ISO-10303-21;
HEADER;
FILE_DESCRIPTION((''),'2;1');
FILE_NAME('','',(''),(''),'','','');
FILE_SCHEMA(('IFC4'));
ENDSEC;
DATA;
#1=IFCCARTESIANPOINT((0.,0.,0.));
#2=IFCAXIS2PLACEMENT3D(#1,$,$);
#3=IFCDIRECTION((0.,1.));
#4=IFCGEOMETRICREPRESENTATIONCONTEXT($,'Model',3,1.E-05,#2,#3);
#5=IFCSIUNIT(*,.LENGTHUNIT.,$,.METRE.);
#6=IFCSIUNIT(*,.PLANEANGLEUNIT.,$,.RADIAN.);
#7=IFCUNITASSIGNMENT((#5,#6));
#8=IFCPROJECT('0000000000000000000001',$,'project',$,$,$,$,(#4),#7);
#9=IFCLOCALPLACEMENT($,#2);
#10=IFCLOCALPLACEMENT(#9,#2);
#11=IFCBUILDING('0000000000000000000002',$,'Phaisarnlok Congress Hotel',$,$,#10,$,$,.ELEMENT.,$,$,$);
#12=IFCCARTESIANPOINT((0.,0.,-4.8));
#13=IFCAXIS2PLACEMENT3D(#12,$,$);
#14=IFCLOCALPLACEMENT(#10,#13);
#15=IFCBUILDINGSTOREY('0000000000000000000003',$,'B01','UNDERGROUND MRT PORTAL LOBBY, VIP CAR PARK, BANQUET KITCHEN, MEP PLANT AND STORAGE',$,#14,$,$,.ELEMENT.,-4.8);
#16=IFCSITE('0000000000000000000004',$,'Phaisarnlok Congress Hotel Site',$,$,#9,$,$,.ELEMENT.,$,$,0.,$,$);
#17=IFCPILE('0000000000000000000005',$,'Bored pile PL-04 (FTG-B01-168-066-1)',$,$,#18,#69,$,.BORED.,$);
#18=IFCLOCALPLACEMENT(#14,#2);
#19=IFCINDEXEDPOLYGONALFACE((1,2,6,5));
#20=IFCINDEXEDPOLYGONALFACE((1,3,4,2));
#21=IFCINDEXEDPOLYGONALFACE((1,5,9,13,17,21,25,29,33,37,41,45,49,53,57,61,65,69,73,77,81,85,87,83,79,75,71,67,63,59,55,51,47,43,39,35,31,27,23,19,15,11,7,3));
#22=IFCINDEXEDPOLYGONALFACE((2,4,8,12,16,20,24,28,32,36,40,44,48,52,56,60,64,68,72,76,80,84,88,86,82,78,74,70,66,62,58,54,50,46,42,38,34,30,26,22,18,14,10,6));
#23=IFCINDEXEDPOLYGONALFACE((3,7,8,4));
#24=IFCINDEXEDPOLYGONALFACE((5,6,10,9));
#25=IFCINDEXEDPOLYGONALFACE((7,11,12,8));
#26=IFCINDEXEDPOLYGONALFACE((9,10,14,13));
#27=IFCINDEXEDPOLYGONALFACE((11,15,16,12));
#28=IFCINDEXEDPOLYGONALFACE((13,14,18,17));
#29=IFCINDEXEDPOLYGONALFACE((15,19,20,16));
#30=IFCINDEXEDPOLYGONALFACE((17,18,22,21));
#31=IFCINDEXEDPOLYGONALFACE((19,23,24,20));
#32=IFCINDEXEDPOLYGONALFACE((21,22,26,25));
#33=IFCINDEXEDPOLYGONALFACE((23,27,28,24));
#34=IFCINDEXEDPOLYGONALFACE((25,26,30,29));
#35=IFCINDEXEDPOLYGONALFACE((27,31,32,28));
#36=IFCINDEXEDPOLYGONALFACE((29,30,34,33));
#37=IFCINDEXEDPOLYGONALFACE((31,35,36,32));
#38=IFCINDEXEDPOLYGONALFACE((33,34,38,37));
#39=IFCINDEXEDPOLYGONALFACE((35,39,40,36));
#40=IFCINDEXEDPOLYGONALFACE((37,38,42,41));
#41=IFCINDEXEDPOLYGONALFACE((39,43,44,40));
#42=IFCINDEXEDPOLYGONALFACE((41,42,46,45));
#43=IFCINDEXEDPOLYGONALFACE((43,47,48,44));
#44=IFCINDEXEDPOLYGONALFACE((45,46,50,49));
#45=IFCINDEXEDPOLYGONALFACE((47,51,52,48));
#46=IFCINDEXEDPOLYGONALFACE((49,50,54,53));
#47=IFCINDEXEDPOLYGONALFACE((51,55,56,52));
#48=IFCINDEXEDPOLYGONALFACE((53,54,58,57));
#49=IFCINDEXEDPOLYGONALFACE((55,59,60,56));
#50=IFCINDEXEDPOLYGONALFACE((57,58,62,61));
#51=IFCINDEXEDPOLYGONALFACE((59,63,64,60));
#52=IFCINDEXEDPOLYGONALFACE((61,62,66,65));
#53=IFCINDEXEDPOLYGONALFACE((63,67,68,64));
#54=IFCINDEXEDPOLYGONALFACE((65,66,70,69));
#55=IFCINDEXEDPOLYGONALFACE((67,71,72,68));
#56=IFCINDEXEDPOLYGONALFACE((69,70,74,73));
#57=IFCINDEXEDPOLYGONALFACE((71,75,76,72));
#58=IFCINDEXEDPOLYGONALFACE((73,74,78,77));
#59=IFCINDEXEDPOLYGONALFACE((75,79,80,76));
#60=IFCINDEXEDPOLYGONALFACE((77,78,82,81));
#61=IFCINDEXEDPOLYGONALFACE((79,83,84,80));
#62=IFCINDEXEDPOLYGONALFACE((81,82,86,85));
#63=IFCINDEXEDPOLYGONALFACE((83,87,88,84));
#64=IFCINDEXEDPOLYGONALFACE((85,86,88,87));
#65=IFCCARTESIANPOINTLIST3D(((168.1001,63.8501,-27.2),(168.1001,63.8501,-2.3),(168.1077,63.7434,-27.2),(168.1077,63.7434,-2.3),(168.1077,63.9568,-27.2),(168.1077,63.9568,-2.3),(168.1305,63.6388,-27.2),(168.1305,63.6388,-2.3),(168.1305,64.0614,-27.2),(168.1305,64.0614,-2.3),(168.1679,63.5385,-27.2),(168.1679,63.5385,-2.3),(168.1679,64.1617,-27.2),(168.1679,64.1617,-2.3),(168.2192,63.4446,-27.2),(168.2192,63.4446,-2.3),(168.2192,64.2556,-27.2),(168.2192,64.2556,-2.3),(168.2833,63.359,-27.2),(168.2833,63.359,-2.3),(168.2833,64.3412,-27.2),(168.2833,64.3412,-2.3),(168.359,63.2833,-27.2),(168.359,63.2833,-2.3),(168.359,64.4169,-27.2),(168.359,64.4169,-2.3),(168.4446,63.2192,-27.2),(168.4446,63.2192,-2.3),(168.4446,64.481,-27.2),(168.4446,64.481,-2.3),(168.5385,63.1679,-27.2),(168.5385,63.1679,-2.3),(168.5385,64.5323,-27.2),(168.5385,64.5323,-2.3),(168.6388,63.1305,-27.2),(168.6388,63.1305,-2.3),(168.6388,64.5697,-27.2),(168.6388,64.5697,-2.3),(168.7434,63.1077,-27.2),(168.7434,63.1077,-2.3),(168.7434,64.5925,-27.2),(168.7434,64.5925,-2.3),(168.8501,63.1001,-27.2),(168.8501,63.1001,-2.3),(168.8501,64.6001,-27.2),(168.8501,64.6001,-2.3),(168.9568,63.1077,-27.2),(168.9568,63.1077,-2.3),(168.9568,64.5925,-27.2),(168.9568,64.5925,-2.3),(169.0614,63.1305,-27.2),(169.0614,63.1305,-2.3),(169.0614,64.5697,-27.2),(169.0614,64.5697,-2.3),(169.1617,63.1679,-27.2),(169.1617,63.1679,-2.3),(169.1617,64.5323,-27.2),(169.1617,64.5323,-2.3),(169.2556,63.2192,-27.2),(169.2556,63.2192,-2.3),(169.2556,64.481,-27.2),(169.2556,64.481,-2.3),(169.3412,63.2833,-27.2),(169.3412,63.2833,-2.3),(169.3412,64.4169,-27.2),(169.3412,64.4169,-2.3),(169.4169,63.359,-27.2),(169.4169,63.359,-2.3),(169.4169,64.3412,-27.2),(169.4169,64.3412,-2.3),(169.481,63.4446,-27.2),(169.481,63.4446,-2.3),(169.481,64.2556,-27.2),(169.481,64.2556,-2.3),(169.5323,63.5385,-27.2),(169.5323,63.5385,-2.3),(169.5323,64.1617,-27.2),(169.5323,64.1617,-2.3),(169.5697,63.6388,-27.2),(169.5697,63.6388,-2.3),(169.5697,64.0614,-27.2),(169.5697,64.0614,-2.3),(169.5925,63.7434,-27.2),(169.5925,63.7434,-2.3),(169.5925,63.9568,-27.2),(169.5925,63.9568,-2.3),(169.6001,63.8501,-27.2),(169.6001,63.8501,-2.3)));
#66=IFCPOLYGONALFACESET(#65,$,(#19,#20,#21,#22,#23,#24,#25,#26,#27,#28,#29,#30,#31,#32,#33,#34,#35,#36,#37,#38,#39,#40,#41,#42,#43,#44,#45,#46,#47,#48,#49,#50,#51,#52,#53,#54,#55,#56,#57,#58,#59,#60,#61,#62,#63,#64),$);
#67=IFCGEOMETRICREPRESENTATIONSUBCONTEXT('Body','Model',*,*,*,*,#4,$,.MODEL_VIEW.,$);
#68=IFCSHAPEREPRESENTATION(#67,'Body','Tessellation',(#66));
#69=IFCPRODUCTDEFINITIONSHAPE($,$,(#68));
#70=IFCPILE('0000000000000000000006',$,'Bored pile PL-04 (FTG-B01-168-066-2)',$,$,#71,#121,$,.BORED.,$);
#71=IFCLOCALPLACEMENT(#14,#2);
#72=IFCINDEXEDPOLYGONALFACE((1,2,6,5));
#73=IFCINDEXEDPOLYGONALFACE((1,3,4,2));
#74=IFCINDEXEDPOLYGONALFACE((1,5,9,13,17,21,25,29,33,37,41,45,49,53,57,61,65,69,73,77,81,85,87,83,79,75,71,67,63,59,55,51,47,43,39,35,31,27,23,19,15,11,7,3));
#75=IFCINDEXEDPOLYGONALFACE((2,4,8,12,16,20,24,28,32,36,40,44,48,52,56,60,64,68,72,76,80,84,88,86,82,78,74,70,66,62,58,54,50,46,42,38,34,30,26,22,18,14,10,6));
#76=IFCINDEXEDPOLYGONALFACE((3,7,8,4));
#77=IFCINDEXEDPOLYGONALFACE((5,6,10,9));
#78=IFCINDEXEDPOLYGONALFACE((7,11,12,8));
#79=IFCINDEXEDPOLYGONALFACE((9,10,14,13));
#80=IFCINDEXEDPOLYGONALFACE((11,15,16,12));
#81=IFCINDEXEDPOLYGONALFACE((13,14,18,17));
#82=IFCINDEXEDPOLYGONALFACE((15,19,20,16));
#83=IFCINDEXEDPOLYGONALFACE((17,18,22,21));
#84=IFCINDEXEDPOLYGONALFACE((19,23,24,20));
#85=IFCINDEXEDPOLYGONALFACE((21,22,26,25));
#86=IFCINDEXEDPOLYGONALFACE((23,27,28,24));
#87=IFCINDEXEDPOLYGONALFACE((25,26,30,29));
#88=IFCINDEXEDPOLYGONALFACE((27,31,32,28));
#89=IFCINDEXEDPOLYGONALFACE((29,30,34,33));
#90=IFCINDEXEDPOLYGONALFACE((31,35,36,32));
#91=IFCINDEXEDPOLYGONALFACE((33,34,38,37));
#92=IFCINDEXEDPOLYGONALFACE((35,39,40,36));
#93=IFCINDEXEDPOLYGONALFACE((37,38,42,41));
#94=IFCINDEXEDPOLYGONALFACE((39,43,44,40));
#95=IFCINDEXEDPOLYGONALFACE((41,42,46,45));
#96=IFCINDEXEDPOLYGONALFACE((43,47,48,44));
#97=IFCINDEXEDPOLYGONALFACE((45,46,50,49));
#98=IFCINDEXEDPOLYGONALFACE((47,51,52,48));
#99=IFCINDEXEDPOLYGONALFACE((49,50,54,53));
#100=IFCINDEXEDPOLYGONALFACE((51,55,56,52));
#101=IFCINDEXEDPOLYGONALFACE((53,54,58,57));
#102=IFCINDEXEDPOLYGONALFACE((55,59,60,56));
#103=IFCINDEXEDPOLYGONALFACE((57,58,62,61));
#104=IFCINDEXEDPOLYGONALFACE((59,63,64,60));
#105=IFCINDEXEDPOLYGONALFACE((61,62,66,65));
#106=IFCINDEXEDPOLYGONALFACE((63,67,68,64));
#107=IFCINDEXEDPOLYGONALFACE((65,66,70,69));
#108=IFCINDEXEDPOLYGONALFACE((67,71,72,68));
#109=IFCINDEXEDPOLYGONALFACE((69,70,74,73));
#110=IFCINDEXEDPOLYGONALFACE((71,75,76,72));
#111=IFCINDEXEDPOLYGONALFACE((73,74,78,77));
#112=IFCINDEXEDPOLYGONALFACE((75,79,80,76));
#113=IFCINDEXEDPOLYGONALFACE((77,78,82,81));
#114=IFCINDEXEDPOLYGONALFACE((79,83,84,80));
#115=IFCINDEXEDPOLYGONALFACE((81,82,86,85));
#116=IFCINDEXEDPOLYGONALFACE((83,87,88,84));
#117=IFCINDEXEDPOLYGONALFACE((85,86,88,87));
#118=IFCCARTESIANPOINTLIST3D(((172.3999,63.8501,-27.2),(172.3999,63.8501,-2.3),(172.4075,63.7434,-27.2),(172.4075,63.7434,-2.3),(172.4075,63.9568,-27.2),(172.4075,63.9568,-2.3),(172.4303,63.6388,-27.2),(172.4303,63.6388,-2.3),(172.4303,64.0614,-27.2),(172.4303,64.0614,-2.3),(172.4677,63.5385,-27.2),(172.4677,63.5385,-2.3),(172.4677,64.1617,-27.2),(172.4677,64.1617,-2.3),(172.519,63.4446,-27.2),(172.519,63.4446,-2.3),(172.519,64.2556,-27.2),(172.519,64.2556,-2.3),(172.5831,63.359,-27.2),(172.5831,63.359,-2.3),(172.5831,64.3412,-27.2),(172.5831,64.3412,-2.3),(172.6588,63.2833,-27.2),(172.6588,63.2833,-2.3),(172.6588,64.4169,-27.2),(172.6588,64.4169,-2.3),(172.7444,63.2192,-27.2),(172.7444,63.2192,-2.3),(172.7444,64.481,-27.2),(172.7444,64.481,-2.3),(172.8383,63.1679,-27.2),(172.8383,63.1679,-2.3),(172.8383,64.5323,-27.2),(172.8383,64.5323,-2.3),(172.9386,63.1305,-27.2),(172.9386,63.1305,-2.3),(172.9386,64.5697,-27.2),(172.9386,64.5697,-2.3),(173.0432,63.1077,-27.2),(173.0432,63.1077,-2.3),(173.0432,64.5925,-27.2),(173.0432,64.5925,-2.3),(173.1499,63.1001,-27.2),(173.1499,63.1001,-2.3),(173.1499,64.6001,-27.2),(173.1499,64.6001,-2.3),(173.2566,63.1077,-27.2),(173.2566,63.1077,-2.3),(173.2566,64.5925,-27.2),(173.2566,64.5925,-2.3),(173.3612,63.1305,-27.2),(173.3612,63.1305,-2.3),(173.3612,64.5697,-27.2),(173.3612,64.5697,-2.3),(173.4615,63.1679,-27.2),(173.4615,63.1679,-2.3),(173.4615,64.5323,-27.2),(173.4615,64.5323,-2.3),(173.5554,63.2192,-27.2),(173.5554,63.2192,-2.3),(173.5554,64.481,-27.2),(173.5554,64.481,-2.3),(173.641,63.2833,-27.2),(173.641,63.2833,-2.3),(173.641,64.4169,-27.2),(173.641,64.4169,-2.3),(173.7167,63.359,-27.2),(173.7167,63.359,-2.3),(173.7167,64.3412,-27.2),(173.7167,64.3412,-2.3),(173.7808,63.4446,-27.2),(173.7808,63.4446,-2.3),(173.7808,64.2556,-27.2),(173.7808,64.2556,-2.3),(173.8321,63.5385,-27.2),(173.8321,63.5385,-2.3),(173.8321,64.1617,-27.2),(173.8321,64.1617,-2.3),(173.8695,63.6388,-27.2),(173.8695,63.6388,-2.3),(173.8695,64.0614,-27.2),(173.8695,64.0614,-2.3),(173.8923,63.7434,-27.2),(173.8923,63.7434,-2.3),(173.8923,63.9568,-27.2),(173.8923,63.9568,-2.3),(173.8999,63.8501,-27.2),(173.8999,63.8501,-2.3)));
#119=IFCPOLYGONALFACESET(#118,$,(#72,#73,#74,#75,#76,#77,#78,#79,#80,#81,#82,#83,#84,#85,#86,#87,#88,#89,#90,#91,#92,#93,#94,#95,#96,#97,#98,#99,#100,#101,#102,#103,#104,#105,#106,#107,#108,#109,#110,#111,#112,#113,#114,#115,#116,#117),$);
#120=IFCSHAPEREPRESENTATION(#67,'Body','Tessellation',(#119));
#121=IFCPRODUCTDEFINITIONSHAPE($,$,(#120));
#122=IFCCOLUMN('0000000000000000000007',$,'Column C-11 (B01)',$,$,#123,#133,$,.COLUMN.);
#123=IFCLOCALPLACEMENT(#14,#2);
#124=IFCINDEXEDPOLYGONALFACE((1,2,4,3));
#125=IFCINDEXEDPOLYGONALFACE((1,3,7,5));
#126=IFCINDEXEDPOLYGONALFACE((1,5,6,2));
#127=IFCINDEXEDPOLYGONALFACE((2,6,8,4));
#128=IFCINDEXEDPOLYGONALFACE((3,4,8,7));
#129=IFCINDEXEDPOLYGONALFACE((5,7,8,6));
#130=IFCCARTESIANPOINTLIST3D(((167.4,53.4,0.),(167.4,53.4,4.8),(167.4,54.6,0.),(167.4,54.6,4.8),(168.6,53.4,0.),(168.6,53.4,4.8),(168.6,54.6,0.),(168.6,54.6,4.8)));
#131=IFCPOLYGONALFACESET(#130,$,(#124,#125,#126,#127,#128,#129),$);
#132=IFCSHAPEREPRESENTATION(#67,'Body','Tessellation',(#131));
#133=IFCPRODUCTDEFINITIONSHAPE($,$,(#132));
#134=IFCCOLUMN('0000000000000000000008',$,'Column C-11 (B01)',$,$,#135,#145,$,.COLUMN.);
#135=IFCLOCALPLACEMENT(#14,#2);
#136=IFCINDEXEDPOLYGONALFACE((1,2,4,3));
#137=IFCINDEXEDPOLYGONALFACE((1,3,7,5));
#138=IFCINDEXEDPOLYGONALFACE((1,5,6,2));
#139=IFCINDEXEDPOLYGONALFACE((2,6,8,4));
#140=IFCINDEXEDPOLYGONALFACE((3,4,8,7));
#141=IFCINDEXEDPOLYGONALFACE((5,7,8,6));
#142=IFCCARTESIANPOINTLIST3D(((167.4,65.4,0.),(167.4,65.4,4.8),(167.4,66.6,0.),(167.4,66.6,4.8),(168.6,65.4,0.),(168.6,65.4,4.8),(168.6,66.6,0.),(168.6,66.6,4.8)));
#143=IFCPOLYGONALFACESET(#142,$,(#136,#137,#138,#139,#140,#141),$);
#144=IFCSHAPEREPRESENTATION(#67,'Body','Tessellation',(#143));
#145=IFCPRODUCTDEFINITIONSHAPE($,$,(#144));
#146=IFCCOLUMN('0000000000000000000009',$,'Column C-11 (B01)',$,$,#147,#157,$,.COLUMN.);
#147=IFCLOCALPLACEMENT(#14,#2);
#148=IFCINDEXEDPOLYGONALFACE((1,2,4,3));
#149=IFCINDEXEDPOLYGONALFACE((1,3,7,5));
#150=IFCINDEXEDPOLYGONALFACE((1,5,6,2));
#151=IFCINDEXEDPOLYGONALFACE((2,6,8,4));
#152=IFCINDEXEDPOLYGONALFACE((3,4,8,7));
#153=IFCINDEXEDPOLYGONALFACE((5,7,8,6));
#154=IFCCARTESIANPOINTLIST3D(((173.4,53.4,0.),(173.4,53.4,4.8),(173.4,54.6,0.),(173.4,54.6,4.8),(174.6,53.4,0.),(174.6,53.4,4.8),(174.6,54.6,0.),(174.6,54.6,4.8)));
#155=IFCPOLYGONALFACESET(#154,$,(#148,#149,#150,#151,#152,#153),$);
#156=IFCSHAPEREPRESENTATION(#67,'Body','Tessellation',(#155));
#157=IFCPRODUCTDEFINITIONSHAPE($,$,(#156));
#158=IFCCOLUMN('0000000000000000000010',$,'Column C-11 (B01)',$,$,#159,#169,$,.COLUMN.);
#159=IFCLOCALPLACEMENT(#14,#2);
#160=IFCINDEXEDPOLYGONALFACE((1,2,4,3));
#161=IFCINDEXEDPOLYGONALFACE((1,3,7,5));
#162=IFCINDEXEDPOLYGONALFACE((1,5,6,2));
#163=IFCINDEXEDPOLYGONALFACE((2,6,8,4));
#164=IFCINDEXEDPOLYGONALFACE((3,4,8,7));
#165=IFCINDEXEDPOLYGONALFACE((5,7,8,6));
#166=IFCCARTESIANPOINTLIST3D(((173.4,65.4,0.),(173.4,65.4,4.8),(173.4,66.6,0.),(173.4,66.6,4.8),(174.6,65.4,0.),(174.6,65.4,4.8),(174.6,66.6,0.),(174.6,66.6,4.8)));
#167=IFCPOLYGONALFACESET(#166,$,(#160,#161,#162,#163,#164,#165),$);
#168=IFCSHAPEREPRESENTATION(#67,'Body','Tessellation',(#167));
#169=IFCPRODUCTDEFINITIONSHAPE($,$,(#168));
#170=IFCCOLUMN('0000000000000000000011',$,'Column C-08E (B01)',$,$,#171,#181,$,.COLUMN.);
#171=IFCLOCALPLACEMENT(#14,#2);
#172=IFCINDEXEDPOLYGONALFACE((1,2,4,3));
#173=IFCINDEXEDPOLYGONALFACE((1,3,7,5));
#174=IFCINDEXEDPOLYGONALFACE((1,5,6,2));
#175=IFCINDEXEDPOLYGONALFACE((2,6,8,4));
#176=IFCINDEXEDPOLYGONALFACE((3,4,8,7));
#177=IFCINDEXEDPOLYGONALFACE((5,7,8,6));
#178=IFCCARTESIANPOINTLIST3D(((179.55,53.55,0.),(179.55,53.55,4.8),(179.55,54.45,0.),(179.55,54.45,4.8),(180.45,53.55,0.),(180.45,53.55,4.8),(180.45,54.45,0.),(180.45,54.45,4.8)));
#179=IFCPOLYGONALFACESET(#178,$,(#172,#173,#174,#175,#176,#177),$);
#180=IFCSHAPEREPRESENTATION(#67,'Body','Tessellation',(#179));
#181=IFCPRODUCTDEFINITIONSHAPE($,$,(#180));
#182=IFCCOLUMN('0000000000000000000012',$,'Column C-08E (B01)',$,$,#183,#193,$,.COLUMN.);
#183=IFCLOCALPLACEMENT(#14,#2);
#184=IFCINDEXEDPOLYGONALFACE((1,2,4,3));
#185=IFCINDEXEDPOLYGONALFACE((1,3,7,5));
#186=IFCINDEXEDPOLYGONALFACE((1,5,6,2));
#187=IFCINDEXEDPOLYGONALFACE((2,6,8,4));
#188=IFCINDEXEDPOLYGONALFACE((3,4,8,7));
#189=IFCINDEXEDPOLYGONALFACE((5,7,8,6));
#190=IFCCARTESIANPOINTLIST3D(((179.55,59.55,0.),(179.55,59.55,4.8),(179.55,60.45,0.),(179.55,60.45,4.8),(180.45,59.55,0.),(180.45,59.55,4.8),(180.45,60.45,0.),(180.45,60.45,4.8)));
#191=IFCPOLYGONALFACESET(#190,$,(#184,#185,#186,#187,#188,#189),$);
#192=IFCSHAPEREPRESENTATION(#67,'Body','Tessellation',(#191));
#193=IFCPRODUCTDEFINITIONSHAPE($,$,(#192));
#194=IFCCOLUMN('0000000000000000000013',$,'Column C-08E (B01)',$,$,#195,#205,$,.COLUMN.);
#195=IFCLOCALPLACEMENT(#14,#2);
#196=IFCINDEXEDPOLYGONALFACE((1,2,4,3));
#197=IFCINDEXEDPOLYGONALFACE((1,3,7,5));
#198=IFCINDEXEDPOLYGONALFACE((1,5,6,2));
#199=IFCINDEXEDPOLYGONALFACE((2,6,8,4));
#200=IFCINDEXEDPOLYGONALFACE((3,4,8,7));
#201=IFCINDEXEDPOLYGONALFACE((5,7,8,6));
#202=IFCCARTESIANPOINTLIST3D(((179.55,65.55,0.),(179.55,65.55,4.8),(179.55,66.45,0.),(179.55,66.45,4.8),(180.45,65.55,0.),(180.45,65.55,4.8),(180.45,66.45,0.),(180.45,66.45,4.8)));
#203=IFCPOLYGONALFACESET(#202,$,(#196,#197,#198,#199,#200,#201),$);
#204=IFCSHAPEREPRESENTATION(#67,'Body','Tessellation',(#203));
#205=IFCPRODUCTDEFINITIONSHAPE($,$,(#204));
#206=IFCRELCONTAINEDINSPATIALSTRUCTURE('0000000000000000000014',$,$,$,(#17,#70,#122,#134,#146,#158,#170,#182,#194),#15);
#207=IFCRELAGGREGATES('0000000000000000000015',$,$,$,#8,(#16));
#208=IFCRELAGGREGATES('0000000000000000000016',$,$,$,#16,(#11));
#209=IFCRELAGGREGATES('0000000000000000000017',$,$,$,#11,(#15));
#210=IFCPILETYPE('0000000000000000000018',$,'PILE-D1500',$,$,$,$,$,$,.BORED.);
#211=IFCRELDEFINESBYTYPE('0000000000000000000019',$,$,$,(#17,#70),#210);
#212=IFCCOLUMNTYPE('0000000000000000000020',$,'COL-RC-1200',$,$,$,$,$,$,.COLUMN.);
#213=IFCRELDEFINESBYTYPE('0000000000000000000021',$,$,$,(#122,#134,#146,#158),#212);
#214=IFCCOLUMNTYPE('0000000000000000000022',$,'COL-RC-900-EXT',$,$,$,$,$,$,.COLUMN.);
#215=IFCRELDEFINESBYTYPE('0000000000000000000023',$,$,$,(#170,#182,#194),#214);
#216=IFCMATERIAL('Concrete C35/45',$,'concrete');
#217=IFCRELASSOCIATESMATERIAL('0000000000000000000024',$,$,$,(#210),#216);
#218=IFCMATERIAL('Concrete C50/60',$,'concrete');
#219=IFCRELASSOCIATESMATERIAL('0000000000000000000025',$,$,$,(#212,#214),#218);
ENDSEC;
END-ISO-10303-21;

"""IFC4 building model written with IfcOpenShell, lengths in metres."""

from ifc_helpers import new_model, si_unit, direction, frame, origin, origin_2d, place, context, subcontext, project, spatial, rectangle, circle, extrude, material, material_profile, profile_set, type_object, element, save


model = new_model("IFC4")

# Units and contexts
model_context = context("Model", 3, precision=1e-05, world=origin(), true_north=direction((0.0, 1.0)))
body_context = subcontext(model_context, "Body", "Model", "MODEL_VIEW")
ifc_project = project(units=[si_unit("LENGTHUNIT", "METRE"), si_unit("PLANEANGLEUNIT", "RADIAN")], contexts=[model_context])

# Site, building, storey
site_placement = place(None, origin())
site = spatial("IfcSite", under=ifc_project, at=site_placement, Name="Phaisarnlok Congress Hotel Site", CompositionType="ELEMENT", RefElevation=0.0)
building_placement = place(site_placement, origin())
building = spatial("IfcBuilding", under=site, at=building_placement, Name="Phaisarnlok Congress Hotel", CompositionType="ELEMENT")
storey_placement = place(building_placement, frame((0.0, 0.0, -4.8)))
storey = spatial("IfcBuildingStorey", under=building, at=storey_placement, Name="B01", Description="UNDERGROUND MRT PORTAL LOBBY, VIP CAR PARK, BANQUET KITCHEN, MEP PLANT AND STORAGE", CompositionType="ELEMENT", Elevation=-4.8)

# Piles
ifc_material_1 = material(Name="Concrete C35/45", Category="concrete")
ifc_material_profile_1 = material_profile(ifc_material_1, circle(Radius=0.75, at=origin_2d()), Name="BORED PILE D1500")
ifc_profile_set_1 = profile_set([ifc_material_profile_1], Name="Concrete C35/45")
pile_type_1 = type_object("IfcPileType", Name="PILE-D1500", PredefinedType="BORED", material=ifc_profile_set_1)
for number, where, z_axis, x_axis, name in (
    (1, (168.8501, 63.8501, -2.3), (0.0, 0.0, -1.0), (1.0, 0.0, 0.0), "Bored pile PL-04 (FTG-B01-168-066-1)"),
    (2, (173.1499, 63.8501, -2.3), (0.0, 0.0, -1.0), (1.0, 0.0, 0.0), "Bored pile PL-04 (FTG-B01-168-066-2)"),
):
    element("IfcPile", number, at=place(storey_placement, frame(where, z_axis=z_axis, x_axis=x_axis)), inside=storey, type_object=pile_type_1, Name=name, PredefinedType="BORED", context=body_context, shape_type="SweptSolid", body=[
        extrude(circle(Radius=0.75, at=origin_2d()), origin(), (0.0, 0.0, 1.0), 24.8999),
    ])

# Columns
ifc_material_2 = material(Name="Concrete C50/60", Category="concrete")
ifc_material_profile_2 = material_profile(ifc_material_2, rectangle(XDim=1.2, YDim=1.2, at=origin_2d()), Name="RC 1200x1200")
ifc_profile_set_2 = profile_set([ifc_material_profile_2], Name="Concrete C50/60")
column_type_1 = type_object("IfcColumnType", Name="COL-RC-1200", PredefinedType="COLUMN", material=ifc_profile_set_2)
for number, where, z_axis, x_axis, name in (
    (3, (168.0, 54.0, 0.0), (0.0, 0.0, 1.0), (1.0, 0.0, 0.0), "Column C-11 (B01)"),
    (4, (168.0, 66.0, 0.0), (0.0, 0.0, 1.0), (1.0, 0.0, 0.0), "Column C-11 (B01)"),
    (5, (174.0, 54.0, 0.0), (0.0, 0.0, 1.0), (1.0, 0.0, 0.0), "Column C-11 (B01)"),
    (6, (174.0, 66.0, 0.0), (0.0, 0.0, 1.0), (1.0, 0.0, 0.0), "Column C-11 (B01)"),
):
    element("IfcColumn", number, at=place(storey_placement, frame(where, z_axis=z_axis, x_axis=x_axis)), inside=storey, type_object=column_type_1, Name=name, PredefinedType="COLUMN", context=body_context, shape_type="SweptSolid", body=[
        extrude(rectangle(XDim=1.2, YDim=1.2, at=origin_2d()), origin(), (0.0, 0.0, 1.0), 4.8),
    ])
ifc_material_profile_3 = material_profile(ifc_material_2, rectangle(XDim=0.8999, YDim=0.8999, at=origin_2d()), Name="RC 900x900")
ifc_profile_set_3 = profile_set([ifc_material_profile_3], Name="Concrete C50/60")
column_type_2 = type_object("IfcColumnType", Name="COL-RC-900-EXT", PredefinedType="COLUMN", material=ifc_profile_set_3)
for number, where, z_axis, x_axis, name in (
    (7, (180.0, 54.0, 0.0), (0.0, 0.0, 1.0), (1.0, 0.0, 0.0), "Column C-08E (B01)"),
    (8, (180.0, 60.0, 0.0), (0.0, 0.0, 1.0), (1.0, 0.0, 0.0), "Column C-08E (B01)"),
    (9, (180.0, 66.0, 0.0), (0.0, 0.0, 1.0), (1.0, 0.0, 0.0), "Column C-08E (B01)"),
):
    element("IfcColumn", number, at=place(storey_placement, frame(where, z_axis=z_axis, x_axis=x_axis)), inside=storey, type_object=column_type_2, Name=name, PredefinedType="COLUMN", context=body_context, shape_type="SweptSolid", body=[
        extrude(rectangle(XDim=0.8999, YDim=0.8999, at=origin_2d()), origin(), (0.0, 0.0, 1.0), 4.8),
    ])

save(model, "model.ifc")
